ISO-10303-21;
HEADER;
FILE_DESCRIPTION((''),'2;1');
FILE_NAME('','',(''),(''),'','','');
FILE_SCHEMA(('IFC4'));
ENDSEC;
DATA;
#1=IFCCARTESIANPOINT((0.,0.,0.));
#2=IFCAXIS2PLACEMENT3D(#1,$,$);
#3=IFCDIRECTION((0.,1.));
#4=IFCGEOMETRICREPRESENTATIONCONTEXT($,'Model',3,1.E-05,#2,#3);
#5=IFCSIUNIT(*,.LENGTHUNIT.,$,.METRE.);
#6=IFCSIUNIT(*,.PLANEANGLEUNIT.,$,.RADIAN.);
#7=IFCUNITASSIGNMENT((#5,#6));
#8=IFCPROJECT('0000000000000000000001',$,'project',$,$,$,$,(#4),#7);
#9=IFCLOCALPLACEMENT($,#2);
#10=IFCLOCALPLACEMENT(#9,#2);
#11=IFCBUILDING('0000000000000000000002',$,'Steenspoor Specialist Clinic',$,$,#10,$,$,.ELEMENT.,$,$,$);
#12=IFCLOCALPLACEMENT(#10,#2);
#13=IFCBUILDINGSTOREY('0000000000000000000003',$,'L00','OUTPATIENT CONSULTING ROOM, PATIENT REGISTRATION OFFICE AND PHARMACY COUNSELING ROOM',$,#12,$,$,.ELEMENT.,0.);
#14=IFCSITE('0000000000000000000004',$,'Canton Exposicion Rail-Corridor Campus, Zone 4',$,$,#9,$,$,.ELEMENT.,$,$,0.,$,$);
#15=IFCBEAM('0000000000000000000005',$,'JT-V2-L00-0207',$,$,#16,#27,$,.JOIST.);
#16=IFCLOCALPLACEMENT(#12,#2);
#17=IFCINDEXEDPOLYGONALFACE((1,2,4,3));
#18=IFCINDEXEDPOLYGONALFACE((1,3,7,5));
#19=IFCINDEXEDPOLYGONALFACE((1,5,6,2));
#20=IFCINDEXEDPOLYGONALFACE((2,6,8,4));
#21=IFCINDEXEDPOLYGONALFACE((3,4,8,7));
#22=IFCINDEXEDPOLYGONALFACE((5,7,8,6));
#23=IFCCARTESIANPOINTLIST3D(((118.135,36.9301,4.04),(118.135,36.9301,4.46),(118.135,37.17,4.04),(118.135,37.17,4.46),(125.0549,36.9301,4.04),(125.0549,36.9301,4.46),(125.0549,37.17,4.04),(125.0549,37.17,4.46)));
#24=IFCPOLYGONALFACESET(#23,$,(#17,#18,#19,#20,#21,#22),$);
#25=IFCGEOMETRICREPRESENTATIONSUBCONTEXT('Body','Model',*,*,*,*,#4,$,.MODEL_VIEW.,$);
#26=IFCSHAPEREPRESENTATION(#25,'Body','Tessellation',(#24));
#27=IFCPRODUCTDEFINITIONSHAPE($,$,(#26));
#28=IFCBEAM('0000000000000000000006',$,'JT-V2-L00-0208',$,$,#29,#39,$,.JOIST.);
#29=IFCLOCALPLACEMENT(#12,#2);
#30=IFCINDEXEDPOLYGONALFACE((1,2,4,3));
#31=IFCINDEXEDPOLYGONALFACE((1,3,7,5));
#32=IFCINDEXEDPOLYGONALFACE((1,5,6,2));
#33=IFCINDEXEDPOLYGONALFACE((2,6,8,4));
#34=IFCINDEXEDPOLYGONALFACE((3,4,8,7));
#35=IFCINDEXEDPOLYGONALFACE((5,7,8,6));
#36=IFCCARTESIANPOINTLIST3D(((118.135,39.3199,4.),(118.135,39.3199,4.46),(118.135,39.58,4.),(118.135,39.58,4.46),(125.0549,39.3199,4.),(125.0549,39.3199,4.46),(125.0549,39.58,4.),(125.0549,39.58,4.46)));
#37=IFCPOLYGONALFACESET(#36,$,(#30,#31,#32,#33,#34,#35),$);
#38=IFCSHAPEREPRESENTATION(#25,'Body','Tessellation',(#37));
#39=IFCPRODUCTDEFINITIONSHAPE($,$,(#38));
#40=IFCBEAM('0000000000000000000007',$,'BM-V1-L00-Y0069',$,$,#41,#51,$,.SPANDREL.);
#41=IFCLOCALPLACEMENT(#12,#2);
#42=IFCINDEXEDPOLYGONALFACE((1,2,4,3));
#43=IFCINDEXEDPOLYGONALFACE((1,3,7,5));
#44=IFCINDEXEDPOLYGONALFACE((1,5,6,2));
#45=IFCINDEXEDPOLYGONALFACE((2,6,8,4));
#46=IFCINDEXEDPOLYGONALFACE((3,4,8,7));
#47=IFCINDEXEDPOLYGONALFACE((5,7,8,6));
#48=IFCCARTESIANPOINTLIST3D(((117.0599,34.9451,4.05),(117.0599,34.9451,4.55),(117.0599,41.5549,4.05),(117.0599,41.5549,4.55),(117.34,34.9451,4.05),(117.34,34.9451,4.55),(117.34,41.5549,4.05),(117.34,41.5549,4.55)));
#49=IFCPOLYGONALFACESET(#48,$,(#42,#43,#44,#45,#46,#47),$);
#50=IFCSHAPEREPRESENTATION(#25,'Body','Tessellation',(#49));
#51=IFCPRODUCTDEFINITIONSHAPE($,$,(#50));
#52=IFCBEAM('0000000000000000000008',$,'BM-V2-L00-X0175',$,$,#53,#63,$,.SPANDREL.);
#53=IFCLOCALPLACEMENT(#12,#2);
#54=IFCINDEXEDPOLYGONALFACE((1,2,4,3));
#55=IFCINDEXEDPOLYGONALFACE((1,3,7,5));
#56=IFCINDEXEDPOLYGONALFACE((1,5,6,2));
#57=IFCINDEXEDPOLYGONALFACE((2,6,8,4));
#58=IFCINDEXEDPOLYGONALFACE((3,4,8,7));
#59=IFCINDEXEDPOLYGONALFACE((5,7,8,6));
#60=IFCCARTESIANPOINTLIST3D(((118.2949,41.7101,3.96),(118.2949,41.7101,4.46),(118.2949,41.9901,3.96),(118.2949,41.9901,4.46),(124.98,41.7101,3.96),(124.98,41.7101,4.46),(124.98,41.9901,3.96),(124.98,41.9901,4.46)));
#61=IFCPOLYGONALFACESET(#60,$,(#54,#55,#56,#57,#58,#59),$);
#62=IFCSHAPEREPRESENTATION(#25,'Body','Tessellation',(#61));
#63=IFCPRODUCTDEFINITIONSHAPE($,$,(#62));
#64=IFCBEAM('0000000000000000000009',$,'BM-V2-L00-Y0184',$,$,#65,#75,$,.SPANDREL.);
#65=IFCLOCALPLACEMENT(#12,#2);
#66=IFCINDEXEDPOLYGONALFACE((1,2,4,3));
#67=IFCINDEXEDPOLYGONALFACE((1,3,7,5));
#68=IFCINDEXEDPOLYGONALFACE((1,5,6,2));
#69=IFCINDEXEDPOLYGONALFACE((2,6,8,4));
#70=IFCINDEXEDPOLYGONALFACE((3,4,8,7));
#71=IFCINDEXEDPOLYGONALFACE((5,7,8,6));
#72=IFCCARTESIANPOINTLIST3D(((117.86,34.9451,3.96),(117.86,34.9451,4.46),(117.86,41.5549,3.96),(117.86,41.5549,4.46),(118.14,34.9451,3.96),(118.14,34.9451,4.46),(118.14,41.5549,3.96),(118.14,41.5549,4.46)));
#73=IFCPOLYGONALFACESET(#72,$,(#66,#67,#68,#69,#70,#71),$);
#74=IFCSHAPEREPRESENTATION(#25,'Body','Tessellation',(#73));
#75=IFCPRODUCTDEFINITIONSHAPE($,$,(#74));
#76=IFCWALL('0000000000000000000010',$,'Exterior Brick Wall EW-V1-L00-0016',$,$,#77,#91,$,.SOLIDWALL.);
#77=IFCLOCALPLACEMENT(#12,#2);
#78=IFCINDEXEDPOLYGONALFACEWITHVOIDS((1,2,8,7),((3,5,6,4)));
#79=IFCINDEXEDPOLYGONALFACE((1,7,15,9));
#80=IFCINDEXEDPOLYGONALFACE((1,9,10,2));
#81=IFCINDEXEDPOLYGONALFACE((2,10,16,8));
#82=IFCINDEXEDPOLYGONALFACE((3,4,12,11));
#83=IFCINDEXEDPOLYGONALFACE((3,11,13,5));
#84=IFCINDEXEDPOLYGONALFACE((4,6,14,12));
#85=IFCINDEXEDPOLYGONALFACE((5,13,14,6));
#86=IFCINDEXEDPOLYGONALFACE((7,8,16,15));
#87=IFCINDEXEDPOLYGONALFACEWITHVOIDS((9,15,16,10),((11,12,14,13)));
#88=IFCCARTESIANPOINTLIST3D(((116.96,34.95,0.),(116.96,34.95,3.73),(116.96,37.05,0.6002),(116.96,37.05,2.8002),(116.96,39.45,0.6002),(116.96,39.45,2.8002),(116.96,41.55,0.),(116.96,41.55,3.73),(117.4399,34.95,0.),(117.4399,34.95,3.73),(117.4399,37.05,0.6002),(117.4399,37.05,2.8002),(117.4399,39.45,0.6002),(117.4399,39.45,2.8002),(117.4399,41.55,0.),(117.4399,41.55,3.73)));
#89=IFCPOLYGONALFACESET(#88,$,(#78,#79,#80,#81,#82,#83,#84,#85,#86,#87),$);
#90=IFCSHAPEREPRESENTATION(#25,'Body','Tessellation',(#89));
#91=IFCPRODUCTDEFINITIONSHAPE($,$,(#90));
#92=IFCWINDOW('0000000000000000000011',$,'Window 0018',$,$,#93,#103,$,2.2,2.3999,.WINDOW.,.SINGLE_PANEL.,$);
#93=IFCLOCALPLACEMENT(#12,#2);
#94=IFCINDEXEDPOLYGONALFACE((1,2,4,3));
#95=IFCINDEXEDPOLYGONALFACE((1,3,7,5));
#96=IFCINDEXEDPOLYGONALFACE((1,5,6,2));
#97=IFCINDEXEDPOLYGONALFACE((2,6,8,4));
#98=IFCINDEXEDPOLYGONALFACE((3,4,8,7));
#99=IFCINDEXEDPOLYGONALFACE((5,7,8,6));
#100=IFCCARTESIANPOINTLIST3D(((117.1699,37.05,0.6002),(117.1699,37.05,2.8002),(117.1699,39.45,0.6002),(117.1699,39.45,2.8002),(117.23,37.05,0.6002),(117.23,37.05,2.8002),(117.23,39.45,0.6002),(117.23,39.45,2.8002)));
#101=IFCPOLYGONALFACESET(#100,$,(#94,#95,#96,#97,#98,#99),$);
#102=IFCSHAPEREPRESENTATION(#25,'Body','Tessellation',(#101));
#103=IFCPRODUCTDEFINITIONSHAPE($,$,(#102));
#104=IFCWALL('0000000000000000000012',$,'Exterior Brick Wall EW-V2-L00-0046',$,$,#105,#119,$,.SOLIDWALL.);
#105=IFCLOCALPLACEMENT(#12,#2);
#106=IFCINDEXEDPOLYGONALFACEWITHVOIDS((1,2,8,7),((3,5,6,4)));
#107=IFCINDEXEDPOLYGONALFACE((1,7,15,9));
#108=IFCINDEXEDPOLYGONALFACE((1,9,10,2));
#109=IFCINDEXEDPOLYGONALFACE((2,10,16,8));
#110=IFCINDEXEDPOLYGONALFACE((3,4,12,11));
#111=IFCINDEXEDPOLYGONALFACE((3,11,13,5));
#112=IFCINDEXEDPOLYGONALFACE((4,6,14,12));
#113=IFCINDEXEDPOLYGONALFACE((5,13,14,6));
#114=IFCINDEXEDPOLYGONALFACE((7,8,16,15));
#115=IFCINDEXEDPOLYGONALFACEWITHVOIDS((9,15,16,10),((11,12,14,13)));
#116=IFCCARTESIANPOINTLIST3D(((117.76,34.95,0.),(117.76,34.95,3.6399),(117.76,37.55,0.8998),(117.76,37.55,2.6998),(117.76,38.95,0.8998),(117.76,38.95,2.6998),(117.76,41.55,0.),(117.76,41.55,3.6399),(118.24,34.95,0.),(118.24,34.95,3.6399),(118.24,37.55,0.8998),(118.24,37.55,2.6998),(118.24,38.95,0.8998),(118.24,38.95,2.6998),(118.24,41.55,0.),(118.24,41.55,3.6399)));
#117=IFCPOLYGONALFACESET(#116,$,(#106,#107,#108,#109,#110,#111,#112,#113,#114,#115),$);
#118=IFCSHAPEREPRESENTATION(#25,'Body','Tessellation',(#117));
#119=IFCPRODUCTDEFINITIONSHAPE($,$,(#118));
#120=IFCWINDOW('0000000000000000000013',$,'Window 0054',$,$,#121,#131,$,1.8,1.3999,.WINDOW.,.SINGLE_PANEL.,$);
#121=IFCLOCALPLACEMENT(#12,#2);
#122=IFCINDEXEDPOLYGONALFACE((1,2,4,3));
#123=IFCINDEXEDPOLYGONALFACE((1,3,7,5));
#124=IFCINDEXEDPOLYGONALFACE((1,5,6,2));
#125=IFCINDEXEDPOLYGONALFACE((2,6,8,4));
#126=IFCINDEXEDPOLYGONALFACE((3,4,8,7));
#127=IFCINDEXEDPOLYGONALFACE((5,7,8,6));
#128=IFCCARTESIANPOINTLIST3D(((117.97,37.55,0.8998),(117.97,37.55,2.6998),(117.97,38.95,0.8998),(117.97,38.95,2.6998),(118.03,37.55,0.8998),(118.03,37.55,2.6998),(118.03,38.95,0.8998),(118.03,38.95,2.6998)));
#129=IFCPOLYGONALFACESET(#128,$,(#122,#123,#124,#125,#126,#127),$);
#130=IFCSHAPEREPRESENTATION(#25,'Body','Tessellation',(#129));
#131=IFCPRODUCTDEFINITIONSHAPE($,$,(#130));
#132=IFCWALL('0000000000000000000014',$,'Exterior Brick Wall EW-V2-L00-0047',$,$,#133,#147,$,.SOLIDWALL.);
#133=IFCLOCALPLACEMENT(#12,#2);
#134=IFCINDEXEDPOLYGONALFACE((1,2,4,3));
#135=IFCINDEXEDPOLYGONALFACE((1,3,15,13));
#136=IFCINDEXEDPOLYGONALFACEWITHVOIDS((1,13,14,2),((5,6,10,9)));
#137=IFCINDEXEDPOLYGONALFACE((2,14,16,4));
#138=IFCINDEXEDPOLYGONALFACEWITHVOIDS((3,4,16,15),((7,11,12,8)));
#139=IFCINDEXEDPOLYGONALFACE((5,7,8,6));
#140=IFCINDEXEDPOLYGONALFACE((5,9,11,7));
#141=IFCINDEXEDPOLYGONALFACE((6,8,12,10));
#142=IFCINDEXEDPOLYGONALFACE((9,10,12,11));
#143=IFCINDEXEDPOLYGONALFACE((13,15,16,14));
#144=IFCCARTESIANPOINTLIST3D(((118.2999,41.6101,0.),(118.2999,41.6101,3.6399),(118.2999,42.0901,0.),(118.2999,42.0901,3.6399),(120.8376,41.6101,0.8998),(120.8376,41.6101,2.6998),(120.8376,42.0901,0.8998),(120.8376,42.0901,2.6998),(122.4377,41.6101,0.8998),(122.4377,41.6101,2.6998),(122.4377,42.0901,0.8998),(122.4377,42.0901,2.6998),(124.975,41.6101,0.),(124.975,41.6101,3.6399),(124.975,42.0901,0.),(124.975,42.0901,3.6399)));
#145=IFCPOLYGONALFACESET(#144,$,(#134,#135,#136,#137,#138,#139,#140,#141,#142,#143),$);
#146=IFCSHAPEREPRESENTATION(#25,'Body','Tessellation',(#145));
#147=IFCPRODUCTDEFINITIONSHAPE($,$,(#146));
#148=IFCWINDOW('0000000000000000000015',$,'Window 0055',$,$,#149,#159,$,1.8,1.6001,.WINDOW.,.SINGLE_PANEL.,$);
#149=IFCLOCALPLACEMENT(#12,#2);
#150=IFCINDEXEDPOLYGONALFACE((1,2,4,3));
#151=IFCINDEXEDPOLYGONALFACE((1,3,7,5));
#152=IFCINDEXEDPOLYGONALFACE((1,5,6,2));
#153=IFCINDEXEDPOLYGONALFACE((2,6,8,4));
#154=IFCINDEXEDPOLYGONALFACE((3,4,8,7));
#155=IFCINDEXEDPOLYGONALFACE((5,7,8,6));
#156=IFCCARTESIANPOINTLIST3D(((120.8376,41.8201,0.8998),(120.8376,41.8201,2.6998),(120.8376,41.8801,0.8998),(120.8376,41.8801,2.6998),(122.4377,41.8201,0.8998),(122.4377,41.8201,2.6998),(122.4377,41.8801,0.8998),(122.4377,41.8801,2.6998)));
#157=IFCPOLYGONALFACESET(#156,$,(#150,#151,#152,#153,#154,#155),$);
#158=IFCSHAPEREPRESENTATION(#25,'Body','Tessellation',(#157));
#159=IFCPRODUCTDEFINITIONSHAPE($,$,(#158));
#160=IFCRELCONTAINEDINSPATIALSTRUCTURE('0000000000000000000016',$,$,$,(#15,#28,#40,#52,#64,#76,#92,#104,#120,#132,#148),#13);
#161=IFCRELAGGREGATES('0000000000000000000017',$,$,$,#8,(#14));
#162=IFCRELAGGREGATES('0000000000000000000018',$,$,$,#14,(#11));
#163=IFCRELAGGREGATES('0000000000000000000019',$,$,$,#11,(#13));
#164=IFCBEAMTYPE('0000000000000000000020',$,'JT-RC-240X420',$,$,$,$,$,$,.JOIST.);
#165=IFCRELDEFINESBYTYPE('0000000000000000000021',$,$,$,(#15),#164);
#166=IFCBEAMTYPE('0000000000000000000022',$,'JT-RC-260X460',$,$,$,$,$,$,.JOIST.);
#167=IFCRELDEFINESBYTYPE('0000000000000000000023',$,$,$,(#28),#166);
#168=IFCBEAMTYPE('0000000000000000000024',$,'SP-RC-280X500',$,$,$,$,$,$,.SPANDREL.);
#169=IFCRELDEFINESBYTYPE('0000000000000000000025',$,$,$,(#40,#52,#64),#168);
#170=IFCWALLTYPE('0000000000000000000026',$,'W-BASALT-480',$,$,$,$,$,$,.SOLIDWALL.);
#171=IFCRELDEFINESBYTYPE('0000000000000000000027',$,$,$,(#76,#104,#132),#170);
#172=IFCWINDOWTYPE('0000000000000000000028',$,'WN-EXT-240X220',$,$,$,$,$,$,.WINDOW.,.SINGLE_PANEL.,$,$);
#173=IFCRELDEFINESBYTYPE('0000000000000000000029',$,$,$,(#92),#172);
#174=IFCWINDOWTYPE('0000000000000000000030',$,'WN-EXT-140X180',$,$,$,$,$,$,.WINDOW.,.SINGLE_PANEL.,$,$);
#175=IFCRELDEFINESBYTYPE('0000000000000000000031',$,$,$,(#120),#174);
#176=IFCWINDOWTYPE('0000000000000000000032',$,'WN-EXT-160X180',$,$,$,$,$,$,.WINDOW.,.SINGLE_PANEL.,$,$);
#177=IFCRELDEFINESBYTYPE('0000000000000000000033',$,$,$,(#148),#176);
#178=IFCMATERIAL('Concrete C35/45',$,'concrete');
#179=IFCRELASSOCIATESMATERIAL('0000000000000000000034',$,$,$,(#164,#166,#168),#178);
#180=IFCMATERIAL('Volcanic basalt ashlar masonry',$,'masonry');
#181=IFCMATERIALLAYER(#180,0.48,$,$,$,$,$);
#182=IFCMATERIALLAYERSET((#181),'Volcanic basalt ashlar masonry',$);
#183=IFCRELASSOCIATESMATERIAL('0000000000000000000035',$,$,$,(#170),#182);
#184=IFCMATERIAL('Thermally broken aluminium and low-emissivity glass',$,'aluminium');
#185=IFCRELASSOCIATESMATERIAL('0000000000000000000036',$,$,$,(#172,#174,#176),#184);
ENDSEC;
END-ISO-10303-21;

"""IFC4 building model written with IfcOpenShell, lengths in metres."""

from ifc_helpers import new_model, si_unit, direction, frame, frame_2d, origin, origin_2d, place, context, subcontext, project, spatial, rectangle, extrude, material, layer, layer_set, material_profile, profile_set, type_object, element, fill, save


model = new_model("IFC4")

# Units and contexts
model_context = context("Model", 3, precision=1e-05, world=origin(), true_north=direction((0.0, 1.0)))
body_context = subcontext(model_context, "Body", "Model", "MODEL_VIEW")
ifc_project = project(units=[si_unit("LENGTHUNIT", "METRE"), si_unit("PLANEANGLEUNIT", "RADIAN")], contexts=[model_context])

# Site, building, storey
site_placement = place(None, origin())
site = spatial("IfcSite", under=ifc_project, at=site_placement, Name="Canton Exposicion Rail-Corridor Campus, Zone 4", CompositionType="ELEMENT", RefElevation=0.0)
building_placement = place(site_placement, origin())
building = spatial("IfcBuilding", under=site, at=building_placement, Name="Steenspoor Specialist Clinic", CompositionType="ELEMENT")
storey_placement = place(building_placement, origin())
storey = spatial("IfcBuildingStorey", under=building, at=storey_placement, Name="L00", Description="OUTPATIENT CONSULTING ROOM, PATIENT REGISTRATION OFFICE AND PHARMACY COUNSELING ROOM", CompositionType="ELEMENT", Elevation=0.0)

# Shared definitions
ifc_material_1 = material(Name="Concrete C35/45", Category="concrete")

# Shared definitions
ifc_material_2 = material(Name="Thermally broken aluminium and low-emissivity glass", Category="aluminium")

# Beams
ifc_material_profile_1 = material_profile(ifc_material_1, rectangle(XDim=0.24, YDim=0.4199, at=origin_2d()), Name="RC-JT-240X420")
ifc_profile_set_1 = profile_set([ifc_material_profile_1], Name="Concrete C35/45")
beam_type_1 = type_object("IfcBeamType", Name="JT-RC-240X420", PredefinedType="JOIST", material=ifc_profile_set_1)
beam_1_placement = place(storey_placement, frame((118.135, 37.05, 4.25), z_axis=(1.0, 0.0, 0.0), x_axis=(0.0, 1.0, 0.0)))
element("IfcBeam", 1, at=beam_1_placement, inside=storey, type_object=beam_type_1, Name="JT-V2-L00-0207", PredefinedType="JOIST", context=body_context, shape_type="SweptSolid", body=[
    extrude(rectangle(XDim=0.24, YDim=0.4199, at=origin_2d()), origin(), (0.0, 0.0, 1.0), 6.9199),
])
ifc_material_profile_2 = material_profile(ifc_material_1, rectangle(XDim=0.26, YDim=0.46, at=origin_2d()), Name="RC-JT-260X460")
ifc_profile_set_2 = profile_set([ifc_material_profile_2], Name="Concrete C35/45")
beam_type_2 = type_object("IfcBeamType", Name="JT-RC-260X460", PredefinedType="JOIST", material=ifc_profile_set_2)
beam_2_placement = place(storey_placement, frame((118.135, 39.45, 4.23), z_axis=(1.0, 0.0, 0.0), x_axis=(0.0, 1.0, 0.0)))
element("IfcBeam", 2, at=beam_2_placement, inside=storey, type_object=beam_type_2, Name="JT-V2-L00-0208", PredefinedType="JOIST", context=body_context, shape_type="SweptSolid", body=[
    extrude(rectangle(XDim=0.26, YDim=0.46, at=origin_2d()), origin(), (0.0, 0.0, 1.0), 6.9199),
])
ifc_material_profile_3 = material_profile(ifc_material_1, rectangle(XDim=0.28, YDim=0.5, at=origin_2d()), Name="RC-SP-280X500")
ifc_profile_set_3 = profile_set([ifc_material_profile_3], Name="Concrete C35/45")
beam_type_3 = type_object("IfcBeamType", Name="SP-RC-280X500", PredefinedType="SPANDREL", material=ifc_profile_set_3)
beam_3_placement = place(storey_placement, frame((117.2, 34.9451, 4.3), z_axis=(0.0, 1.0, 0.0), x_axis=(-1.0, 0.0, 0.0)))
element("IfcBeam", 3, at=beam_3_placement, inside=storey, type_object=beam_type_3, Name="BM-V1-L00-Y0069", PredefinedType="SPANDREL", context=body_context, shape_type="SweptSolid", body=[
    extrude(rectangle(XDim=0.28, YDim=0.5, at=origin_2d()), origin(), (0.0, 0.0, 1.0), 6.6099),
])
beam_4_placement = place(storey_placement, frame((118.2949, 41.8501, 4.21), z_axis=(1.0, 0.0, 0.0), x_axis=(0.0, 1.0, 0.0)))
element("IfcBeam", 4, at=beam_4_placement, inside=storey, type_object=beam_type_3, Name="BM-V2-L00-X0175", PredefinedType="SPANDREL", context=body_context, shape_type="SweptSolid", body=[
    extrude(rectangle(XDim=0.28, YDim=0.5, at=origin_2d()), origin(), (0.0, 0.0, 1.0), 6.6851),
])
beam_5_placement = place(storey_placement, frame((118.0, 34.9451, 4.21), z_axis=(0.0, 1.0, 0.0), x_axis=(-1.0, 0.0, 0.0)))
element("IfcBeam", 5, at=beam_5_placement, inside=storey, type_object=beam_type_3, Name="BM-V2-L00-Y0184", PredefinedType="SPANDREL", context=body_context, shape_type="SweptSolid", body=[
    extrude(rectangle(XDim=0.28, YDim=0.5, at=origin_2d()), origin(), (0.0, 0.0, 1.0), 6.6099),
])

# Walls, openings, windows
ifc_material_3 = material(Name="Volcanic basalt ashlar masonry", Category="masonry")
ifc_layer = layer(ifc_material_3, 0.48)
ifc_layer_set = layer_set([ifc_layer], Name="Volcanic basalt ashlar masonry")
wall_type = type_object("IfcWallType", Name="W-BASALT-480", PredefinedType="SOLIDWALL", material=ifc_layer_set)
wall_1_placement = place(storey_placement, frame((117.2, 41.55, 0.0), z_axis=(0.0, 0.0, 1.0), x_axis=(0.0, -1.0, 0.0)))
wall_1 = element("IfcWall", 6, at=wall_1_placement, inside=storey, type_object=wall_type, Name="Exterior Brick Wall EW-V1-L00-0016", PredefinedType="SOLIDWALL", context=body_context, shape_type="SweptSolid", body=[
    extrude(rectangle(XDim=6.6001, YDim=0.48, at=frame_2d((3.3, 0.0))), origin(), (0.0, 0.0, 1.0), 3.73),
])
opening_1_placement = place(wall_1_placement, frame((2.1001, 0.0, 0.6001)))
opening_1 = element("IfcOpeningElement", 7, at=opening_1_placement, cuts=wall_1, PredefinedType="OPENING", context=body_context, shape_type="SweptSolid", body=[
    extrude(rectangle(XDim=2.3999, YDim=2.2, at=frame_2d((1.2, 1.1001))), frame((0.0, 0.25, 0.0), z_axis=(0.0, -1.0, 0.0), x_axis=(1.0, 0.0, 0.0)), (0.0, 0.0, 1.0), 0.5),
])
window_type_1 = type_object("IfcWindowType", Name="WN-EXT-240X220", PartitioningType="SINGLE_PANEL", PredefinedType="WINDOW", material=ifc_material_2)
window_1_placement = place(opening_1_placement, origin())
window_1 = element("IfcWindow", 8, at=window_1_placement, inside=storey, type_object=window_type_1, Name="Window 0018", OverallHeight=2.2, OverallWidth=2.3999, PartitioningType="SINGLE_PANEL", PredefinedType="WINDOW", context=body_context, shape_type="SweptSolid", body=[
    extrude(rectangle(XDim=2.3999, YDim=2.2, at=frame_2d((1.2, 1.1001))), frame((0.0, 0.03, 0.0), z_axis=(0.0, -1.0, 0.0), x_axis=(1.0, 0.0, 0.0)), (0.0, 0.0, 1.0), 0.0601),
])
fill(opening_1, window_1)
wall_2_placement = place(storey_placement, frame((118.0, 34.95, 0.0), z_axis=(0.0, 0.0, 1.0), x_axis=(0.0, 1.0, 0.0)))
wall_2 = element("IfcWall", 9, at=wall_2_placement, inside=storey, type_object=wall_type, Name="Exterior Brick Wall EW-V2-L00-0046", PredefinedType="SOLIDWALL", context=body_context, shape_type="SweptSolid", body=[
    extrude(rectangle(XDim=6.6001, YDim=0.48, at=frame_2d((3.3, 0.0))), origin(), (0.0, 0.0, 1.0), 3.6399),
])
opening_2_placement = place(wall_2_placement, frame((2.6001, 0.0, 0.8999)))
opening_2 = element("IfcOpeningElement", 10, at=opening_2_placement, cuts=wall_2, PredefinedType="OPENING", context=body_context, shape_type="SweptSolid", body=[
    extrude(rectangle(XDim=1.3999, YDim=1.8, at=frame_2d((0.7, 0.8999))), frame((0.0, 0.25, 0.0), z_axis=(0.0, -1.0, 0.0), x_axis=(1.0, 0.0, 0.0)), (0.0, 0.0, 1.0), 0.5),
])
window_type_2 = type_object("IfcWindowType", Name="WN-EXT-140X180", PartitioningType="SINGLE_PANEL", PredefinedType="WINDOW", material=ifc_material_2)
window_2_placement = place(opening_2_placement, origin())
window_2 = element("IfcWindow", 11, at=window_2_placement, inside=storey, type_object=window_type_2, Name="Window 0054", OverallHeight=1.8, OverallWidth=1.3999, PartitioningType="SINGLE_PANEL", PredefinedType="WINDOW", context=body_context, shape_type="SweptSolid", body=[
    extrude(rectangle(XDim=1.3999, YDim=1.8, at=frame_2d((0.7, 0.8999))), frame((0.0, 0.03, 0.0), z_axis=(0.0, -1.0, 0.0), x_axis=(1.0, 0.0, 0.0)), (0.0, 0.0, 1.0), 0.0601),
])
fill(opening_2, window_2)
wall_3_placement = place(storey_placement, frame((118.3, 41.8501, 0.0), z_axis=(0.0, 0.0, 1.0), x_axis=(1.0, 0.0, 0.0)))
wall_3 = element("IfcWall", 12, at=wall_3_placement, inside=storey, type_object=wall_type, Name="Exterior Brick Wall EW-V2-L00-0047", PredefinedType="SOLIDWALL", context=body_context, shape_type="SweptSolid", body=[
    extrude(rectangle(XDim=6.675, YDim=0.48, at=frame_2d((3.3374, 0.0))), origin(), (0.0, 0.0, 1.0), 3.6399),
])
opening_3_placement = place(wall_3_placement, frame((2.5376, 0.0, 0.8999)))
opening_3 = element("IfcOpeningElement", 13, at=opening_3_placement, cuts=wall_3, PredefinedType="OPENING", context=body_context, shape_type="SweptSolid", body=[
    extrude(rectangle(XDim=1.6001, YDim=1.8, at=frame_2d((0.8, 0.8999))), frame((0.0, 0.25, 0.0), z_axis=(0.0, -1.0, 0.0), x_axis=(1.0, 0.0, 0.0)), (0.0, 0.0, 1.0), 0.5),
])
window_type_3 = type_object("IfcWindowType", Name="WN-EXT-160X180", PartitioningType="SINGLE_PANEL", PredefinedType="WINDOW", material=ifc_material_2)
window_3_placement = place(opening_3_placement, origin())
window_3 = element("IfcWindow", 14, at=window_3_placement, inside=storey, type_object=window_type_3, Name="Window 0055", OverallHeight=1.8, OverallWidth=1.6001, PartitioningType="SINGLE_PANEL", PredefinedType="WINDOW", context=body_context, shape_type="SweptSolid", body=[
    extrude(rectangle(XDim=1.6001, YDim=1.8, at=frame_2d((0.8, 0.8999))), frame((0.0, 0.03, 0.0), z_axis=(0.0, -1.0, 0.0), x_axis=(1.0, 0.0, 0.0)), (0.0, 0.0, 1.0), 0.0601),
])
fill(opening_3, window_3)

save(model, "model.ifc")
